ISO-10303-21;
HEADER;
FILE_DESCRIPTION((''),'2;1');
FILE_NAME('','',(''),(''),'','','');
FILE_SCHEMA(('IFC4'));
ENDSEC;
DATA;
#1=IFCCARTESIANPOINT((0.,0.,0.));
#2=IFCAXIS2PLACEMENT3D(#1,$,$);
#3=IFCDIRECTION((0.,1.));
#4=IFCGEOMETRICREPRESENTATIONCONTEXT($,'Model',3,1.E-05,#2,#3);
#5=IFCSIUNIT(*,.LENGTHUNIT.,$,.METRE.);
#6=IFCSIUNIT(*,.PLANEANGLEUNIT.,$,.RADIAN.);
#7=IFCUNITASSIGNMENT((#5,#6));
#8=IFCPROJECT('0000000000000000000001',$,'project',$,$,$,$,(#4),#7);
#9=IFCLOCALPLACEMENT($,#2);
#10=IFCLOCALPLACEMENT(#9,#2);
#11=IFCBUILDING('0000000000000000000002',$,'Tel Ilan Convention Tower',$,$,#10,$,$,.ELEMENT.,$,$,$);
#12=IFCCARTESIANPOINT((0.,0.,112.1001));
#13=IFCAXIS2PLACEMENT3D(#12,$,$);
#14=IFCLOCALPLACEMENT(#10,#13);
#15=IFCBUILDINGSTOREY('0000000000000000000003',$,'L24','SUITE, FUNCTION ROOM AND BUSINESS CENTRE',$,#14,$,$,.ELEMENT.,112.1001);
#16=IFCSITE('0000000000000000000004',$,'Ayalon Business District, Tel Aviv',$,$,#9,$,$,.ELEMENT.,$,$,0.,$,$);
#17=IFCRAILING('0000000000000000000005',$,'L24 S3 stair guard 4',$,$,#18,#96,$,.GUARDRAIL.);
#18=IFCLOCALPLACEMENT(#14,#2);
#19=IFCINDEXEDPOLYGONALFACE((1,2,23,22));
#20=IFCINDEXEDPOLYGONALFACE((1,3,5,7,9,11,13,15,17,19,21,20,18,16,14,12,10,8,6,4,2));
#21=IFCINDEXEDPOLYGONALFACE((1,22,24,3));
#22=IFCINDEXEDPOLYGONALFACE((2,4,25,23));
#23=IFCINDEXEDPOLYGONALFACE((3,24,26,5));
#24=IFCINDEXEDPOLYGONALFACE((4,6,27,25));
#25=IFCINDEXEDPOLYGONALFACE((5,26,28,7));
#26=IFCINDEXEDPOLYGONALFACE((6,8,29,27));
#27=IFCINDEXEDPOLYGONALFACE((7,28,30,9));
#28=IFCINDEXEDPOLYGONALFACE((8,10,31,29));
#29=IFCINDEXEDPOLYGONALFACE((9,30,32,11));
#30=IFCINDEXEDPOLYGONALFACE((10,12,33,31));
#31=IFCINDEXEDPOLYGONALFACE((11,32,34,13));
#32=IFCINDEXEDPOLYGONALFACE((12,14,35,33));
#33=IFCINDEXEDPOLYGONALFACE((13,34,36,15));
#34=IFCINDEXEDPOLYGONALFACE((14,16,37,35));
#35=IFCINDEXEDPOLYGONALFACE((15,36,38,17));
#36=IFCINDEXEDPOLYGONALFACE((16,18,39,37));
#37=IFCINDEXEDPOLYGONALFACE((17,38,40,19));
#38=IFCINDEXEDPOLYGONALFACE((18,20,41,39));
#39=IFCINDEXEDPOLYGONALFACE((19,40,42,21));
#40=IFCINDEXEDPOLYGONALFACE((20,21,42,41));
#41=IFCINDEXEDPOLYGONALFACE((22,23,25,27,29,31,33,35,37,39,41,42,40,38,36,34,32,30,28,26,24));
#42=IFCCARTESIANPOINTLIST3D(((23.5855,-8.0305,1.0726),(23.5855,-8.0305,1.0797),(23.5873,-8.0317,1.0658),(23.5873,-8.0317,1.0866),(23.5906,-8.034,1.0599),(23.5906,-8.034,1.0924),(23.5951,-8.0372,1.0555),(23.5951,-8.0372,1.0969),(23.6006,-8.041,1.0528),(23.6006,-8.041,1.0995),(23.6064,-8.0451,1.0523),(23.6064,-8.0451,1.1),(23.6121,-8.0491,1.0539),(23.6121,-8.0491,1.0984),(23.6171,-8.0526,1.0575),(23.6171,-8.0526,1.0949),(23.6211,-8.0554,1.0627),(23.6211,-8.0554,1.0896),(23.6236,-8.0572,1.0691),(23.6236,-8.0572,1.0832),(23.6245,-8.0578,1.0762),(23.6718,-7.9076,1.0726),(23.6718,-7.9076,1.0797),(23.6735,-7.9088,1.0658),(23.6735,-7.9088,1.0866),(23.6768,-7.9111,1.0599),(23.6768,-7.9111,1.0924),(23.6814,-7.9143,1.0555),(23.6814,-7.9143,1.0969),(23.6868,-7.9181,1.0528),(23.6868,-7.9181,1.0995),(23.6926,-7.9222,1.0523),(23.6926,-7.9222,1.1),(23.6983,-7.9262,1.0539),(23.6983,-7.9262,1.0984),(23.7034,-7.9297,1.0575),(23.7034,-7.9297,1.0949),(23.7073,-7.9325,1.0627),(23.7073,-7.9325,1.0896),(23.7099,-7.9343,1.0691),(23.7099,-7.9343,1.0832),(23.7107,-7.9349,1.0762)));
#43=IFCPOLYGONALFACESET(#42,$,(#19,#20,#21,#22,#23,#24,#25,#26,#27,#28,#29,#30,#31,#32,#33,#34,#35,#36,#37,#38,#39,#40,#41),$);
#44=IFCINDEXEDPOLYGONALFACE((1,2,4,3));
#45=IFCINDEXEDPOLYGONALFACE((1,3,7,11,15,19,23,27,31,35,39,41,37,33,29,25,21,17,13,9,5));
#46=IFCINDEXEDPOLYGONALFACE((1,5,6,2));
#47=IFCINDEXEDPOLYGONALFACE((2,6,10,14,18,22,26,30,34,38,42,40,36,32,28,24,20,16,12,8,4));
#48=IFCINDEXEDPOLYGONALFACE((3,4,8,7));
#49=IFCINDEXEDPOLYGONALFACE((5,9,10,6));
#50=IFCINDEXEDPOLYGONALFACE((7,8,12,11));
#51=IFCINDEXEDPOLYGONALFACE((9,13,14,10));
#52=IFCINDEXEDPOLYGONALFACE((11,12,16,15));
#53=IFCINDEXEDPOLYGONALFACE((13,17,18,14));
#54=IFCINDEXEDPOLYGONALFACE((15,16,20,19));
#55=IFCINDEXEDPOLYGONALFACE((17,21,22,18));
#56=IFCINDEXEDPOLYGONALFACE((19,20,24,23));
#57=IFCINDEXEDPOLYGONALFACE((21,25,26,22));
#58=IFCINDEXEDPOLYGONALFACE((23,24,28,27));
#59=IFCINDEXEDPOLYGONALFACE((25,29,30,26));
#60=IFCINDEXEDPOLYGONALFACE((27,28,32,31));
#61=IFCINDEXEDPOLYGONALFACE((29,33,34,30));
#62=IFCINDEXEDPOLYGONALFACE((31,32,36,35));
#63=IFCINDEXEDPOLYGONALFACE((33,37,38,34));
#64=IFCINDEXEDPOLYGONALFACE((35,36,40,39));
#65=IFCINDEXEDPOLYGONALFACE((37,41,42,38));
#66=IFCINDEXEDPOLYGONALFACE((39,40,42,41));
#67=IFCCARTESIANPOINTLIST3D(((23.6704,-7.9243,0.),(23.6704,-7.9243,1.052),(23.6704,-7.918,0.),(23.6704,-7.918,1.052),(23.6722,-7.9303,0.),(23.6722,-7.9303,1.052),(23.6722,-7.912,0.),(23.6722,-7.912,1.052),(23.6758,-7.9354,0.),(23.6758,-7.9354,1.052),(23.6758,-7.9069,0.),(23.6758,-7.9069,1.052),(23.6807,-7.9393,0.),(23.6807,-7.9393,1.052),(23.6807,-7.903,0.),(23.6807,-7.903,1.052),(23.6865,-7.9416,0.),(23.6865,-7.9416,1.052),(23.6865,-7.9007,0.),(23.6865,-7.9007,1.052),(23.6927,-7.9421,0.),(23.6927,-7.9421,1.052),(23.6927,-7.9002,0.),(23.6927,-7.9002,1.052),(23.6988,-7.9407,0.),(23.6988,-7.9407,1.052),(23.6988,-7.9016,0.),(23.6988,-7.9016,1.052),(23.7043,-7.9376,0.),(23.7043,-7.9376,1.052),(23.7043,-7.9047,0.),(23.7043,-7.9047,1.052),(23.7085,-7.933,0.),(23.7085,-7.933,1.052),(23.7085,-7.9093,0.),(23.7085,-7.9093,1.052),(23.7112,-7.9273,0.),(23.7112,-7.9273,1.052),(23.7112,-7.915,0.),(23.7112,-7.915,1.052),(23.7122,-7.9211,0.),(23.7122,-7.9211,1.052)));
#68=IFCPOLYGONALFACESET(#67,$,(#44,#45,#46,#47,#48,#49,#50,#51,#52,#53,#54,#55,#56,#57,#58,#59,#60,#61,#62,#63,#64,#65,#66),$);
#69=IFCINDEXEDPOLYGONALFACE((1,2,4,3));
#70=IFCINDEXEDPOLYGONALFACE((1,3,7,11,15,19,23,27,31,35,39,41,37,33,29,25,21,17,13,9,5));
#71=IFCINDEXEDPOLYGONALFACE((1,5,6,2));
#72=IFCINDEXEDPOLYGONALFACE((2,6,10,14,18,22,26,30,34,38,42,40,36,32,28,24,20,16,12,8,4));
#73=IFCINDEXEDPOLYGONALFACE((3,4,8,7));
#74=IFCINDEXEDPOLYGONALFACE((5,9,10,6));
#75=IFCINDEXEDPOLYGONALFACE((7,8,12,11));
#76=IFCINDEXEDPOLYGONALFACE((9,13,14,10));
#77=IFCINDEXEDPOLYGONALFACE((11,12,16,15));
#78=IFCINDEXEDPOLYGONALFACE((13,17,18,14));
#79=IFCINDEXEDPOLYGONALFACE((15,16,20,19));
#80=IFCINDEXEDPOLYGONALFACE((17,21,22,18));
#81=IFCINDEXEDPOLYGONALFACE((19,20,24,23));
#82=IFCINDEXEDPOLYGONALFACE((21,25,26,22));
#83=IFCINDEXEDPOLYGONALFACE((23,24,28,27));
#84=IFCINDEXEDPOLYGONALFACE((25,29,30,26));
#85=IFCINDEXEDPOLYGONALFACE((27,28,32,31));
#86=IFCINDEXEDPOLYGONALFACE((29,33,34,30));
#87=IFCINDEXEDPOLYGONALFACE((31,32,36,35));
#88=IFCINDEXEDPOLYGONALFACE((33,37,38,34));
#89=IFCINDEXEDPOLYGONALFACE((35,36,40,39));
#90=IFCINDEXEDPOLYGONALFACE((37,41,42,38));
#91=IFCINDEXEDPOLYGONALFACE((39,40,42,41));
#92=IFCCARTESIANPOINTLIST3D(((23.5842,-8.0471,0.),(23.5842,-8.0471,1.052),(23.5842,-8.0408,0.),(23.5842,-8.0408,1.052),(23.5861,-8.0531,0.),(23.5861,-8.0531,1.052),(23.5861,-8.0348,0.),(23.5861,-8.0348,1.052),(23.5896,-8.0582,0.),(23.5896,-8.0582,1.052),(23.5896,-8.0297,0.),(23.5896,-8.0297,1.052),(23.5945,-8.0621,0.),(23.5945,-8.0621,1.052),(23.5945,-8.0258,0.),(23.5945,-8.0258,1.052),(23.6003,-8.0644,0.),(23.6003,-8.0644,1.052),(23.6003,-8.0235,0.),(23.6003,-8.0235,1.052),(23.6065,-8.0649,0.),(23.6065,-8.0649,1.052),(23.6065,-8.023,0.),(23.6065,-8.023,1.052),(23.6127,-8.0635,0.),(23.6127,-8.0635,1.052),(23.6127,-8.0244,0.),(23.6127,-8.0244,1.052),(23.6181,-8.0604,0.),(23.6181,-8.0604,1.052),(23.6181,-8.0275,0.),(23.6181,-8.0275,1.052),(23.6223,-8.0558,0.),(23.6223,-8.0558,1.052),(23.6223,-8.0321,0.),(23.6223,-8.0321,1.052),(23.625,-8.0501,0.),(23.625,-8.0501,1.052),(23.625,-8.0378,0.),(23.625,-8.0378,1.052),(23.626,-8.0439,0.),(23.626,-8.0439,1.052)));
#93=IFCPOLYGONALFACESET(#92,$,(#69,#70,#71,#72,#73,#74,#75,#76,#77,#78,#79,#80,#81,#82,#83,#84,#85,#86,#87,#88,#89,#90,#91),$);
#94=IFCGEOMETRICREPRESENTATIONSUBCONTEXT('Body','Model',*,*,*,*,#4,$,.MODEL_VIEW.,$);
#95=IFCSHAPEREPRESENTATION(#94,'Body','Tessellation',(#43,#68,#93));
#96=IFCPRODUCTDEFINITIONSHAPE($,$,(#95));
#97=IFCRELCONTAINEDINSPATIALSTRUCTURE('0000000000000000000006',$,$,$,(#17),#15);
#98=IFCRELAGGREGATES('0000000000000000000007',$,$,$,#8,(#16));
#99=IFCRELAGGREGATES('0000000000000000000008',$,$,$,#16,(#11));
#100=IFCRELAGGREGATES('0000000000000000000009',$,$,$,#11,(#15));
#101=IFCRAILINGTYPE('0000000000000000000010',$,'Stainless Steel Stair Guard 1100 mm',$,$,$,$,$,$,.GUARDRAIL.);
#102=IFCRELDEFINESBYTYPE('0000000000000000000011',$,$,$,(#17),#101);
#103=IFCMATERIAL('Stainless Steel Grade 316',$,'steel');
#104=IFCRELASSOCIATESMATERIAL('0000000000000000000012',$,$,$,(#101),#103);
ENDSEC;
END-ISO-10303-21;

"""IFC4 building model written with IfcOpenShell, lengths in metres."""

from ifc_helpers import new_model, si_unit, direction, frame, origin, origin_2d, place, context, subcontext, project, spatial, circle, extrude, material, type_object, element, save


model = new_model("IFC4")

# Units and contexts
model_context = context("Model", 3, precision=1e-05, world=origin(), true_north=direction((0.0, 1.0)))
body_context = subcontext(model_context, "Body", "Model", "MODEL_VIEW")
ifc_project = project(units=[si_unit("LENGTHUNIT", "METRE"), si_unit("PLANEANGLEUNIT", "RADIAN")], contexts=[model_context])

# Site, building, storey
site_placement = place(None, origin())
site = spatial("IfcSite", under=ifc_project, at=site_placement, Name="Ayalon Business District, Tel Aviv", CompositionType="ELEMENT", RefElevation=0.0)
building_placement = place(site_placement, origin())
building = spatial("IfcBuilding", under=site, at=building_placement, Name="Tel Ilan Convention Tower", CompositionType="ELEMENT")
storey_placement = place(building_placement, frame((0.0, 0.0, 112.1001)))
storey = spatial("IfcBuildingStorey", under=building, at=storey_placement, Name="L24", Description="SUITE, FUNCTION ROOM AND BUSINESS CENTRE", CompositionType="ELEMENT", Elevation=112.1001)

# Railing
ifc_material_1 = material(Name="Stainless Steel Grade 316", Category="steel")
railing_type_1 = type_object("IfcRailingType", Name="Stainless Steel Stair Guard 1100 mm", PredefinedType="GUARDRAIL", material=ifc_material_1)
railing_1_placement = place(storey_placement, frame((23.6912, -7.9211, 0.0)))
element("IfcRailing", 1, at=railing_1_placement, inside=storey, type_object=railing_type_1, Name="L24 S3 stair guard 4", PredefinedType="GUARDRAIL", context=body_context, shape_type="SweptSolid", body=[
    extrude(circle(Radius=0.0239, at=origin_2d()), frame((0.0, 0.0, 1.0762), z_axis=(-0.574445, -0.818543, 0.0), x_axis=(0.818543, -0.574445, 0.0)), (0.0, 0.0, 1.0), 0.1501),
    extrude(circle(Radius=0.021, at=origin_2d()), origin(), (0.0, 0.0, 1.0), 1.052),
    extrude(circle(Radius=0.021, at=origin_2d()), frame((-0.0862, -0.1228, 0.0)), (0.0, 0.0, 1.0), 1.052),
])

save(model, "model.ifc")
